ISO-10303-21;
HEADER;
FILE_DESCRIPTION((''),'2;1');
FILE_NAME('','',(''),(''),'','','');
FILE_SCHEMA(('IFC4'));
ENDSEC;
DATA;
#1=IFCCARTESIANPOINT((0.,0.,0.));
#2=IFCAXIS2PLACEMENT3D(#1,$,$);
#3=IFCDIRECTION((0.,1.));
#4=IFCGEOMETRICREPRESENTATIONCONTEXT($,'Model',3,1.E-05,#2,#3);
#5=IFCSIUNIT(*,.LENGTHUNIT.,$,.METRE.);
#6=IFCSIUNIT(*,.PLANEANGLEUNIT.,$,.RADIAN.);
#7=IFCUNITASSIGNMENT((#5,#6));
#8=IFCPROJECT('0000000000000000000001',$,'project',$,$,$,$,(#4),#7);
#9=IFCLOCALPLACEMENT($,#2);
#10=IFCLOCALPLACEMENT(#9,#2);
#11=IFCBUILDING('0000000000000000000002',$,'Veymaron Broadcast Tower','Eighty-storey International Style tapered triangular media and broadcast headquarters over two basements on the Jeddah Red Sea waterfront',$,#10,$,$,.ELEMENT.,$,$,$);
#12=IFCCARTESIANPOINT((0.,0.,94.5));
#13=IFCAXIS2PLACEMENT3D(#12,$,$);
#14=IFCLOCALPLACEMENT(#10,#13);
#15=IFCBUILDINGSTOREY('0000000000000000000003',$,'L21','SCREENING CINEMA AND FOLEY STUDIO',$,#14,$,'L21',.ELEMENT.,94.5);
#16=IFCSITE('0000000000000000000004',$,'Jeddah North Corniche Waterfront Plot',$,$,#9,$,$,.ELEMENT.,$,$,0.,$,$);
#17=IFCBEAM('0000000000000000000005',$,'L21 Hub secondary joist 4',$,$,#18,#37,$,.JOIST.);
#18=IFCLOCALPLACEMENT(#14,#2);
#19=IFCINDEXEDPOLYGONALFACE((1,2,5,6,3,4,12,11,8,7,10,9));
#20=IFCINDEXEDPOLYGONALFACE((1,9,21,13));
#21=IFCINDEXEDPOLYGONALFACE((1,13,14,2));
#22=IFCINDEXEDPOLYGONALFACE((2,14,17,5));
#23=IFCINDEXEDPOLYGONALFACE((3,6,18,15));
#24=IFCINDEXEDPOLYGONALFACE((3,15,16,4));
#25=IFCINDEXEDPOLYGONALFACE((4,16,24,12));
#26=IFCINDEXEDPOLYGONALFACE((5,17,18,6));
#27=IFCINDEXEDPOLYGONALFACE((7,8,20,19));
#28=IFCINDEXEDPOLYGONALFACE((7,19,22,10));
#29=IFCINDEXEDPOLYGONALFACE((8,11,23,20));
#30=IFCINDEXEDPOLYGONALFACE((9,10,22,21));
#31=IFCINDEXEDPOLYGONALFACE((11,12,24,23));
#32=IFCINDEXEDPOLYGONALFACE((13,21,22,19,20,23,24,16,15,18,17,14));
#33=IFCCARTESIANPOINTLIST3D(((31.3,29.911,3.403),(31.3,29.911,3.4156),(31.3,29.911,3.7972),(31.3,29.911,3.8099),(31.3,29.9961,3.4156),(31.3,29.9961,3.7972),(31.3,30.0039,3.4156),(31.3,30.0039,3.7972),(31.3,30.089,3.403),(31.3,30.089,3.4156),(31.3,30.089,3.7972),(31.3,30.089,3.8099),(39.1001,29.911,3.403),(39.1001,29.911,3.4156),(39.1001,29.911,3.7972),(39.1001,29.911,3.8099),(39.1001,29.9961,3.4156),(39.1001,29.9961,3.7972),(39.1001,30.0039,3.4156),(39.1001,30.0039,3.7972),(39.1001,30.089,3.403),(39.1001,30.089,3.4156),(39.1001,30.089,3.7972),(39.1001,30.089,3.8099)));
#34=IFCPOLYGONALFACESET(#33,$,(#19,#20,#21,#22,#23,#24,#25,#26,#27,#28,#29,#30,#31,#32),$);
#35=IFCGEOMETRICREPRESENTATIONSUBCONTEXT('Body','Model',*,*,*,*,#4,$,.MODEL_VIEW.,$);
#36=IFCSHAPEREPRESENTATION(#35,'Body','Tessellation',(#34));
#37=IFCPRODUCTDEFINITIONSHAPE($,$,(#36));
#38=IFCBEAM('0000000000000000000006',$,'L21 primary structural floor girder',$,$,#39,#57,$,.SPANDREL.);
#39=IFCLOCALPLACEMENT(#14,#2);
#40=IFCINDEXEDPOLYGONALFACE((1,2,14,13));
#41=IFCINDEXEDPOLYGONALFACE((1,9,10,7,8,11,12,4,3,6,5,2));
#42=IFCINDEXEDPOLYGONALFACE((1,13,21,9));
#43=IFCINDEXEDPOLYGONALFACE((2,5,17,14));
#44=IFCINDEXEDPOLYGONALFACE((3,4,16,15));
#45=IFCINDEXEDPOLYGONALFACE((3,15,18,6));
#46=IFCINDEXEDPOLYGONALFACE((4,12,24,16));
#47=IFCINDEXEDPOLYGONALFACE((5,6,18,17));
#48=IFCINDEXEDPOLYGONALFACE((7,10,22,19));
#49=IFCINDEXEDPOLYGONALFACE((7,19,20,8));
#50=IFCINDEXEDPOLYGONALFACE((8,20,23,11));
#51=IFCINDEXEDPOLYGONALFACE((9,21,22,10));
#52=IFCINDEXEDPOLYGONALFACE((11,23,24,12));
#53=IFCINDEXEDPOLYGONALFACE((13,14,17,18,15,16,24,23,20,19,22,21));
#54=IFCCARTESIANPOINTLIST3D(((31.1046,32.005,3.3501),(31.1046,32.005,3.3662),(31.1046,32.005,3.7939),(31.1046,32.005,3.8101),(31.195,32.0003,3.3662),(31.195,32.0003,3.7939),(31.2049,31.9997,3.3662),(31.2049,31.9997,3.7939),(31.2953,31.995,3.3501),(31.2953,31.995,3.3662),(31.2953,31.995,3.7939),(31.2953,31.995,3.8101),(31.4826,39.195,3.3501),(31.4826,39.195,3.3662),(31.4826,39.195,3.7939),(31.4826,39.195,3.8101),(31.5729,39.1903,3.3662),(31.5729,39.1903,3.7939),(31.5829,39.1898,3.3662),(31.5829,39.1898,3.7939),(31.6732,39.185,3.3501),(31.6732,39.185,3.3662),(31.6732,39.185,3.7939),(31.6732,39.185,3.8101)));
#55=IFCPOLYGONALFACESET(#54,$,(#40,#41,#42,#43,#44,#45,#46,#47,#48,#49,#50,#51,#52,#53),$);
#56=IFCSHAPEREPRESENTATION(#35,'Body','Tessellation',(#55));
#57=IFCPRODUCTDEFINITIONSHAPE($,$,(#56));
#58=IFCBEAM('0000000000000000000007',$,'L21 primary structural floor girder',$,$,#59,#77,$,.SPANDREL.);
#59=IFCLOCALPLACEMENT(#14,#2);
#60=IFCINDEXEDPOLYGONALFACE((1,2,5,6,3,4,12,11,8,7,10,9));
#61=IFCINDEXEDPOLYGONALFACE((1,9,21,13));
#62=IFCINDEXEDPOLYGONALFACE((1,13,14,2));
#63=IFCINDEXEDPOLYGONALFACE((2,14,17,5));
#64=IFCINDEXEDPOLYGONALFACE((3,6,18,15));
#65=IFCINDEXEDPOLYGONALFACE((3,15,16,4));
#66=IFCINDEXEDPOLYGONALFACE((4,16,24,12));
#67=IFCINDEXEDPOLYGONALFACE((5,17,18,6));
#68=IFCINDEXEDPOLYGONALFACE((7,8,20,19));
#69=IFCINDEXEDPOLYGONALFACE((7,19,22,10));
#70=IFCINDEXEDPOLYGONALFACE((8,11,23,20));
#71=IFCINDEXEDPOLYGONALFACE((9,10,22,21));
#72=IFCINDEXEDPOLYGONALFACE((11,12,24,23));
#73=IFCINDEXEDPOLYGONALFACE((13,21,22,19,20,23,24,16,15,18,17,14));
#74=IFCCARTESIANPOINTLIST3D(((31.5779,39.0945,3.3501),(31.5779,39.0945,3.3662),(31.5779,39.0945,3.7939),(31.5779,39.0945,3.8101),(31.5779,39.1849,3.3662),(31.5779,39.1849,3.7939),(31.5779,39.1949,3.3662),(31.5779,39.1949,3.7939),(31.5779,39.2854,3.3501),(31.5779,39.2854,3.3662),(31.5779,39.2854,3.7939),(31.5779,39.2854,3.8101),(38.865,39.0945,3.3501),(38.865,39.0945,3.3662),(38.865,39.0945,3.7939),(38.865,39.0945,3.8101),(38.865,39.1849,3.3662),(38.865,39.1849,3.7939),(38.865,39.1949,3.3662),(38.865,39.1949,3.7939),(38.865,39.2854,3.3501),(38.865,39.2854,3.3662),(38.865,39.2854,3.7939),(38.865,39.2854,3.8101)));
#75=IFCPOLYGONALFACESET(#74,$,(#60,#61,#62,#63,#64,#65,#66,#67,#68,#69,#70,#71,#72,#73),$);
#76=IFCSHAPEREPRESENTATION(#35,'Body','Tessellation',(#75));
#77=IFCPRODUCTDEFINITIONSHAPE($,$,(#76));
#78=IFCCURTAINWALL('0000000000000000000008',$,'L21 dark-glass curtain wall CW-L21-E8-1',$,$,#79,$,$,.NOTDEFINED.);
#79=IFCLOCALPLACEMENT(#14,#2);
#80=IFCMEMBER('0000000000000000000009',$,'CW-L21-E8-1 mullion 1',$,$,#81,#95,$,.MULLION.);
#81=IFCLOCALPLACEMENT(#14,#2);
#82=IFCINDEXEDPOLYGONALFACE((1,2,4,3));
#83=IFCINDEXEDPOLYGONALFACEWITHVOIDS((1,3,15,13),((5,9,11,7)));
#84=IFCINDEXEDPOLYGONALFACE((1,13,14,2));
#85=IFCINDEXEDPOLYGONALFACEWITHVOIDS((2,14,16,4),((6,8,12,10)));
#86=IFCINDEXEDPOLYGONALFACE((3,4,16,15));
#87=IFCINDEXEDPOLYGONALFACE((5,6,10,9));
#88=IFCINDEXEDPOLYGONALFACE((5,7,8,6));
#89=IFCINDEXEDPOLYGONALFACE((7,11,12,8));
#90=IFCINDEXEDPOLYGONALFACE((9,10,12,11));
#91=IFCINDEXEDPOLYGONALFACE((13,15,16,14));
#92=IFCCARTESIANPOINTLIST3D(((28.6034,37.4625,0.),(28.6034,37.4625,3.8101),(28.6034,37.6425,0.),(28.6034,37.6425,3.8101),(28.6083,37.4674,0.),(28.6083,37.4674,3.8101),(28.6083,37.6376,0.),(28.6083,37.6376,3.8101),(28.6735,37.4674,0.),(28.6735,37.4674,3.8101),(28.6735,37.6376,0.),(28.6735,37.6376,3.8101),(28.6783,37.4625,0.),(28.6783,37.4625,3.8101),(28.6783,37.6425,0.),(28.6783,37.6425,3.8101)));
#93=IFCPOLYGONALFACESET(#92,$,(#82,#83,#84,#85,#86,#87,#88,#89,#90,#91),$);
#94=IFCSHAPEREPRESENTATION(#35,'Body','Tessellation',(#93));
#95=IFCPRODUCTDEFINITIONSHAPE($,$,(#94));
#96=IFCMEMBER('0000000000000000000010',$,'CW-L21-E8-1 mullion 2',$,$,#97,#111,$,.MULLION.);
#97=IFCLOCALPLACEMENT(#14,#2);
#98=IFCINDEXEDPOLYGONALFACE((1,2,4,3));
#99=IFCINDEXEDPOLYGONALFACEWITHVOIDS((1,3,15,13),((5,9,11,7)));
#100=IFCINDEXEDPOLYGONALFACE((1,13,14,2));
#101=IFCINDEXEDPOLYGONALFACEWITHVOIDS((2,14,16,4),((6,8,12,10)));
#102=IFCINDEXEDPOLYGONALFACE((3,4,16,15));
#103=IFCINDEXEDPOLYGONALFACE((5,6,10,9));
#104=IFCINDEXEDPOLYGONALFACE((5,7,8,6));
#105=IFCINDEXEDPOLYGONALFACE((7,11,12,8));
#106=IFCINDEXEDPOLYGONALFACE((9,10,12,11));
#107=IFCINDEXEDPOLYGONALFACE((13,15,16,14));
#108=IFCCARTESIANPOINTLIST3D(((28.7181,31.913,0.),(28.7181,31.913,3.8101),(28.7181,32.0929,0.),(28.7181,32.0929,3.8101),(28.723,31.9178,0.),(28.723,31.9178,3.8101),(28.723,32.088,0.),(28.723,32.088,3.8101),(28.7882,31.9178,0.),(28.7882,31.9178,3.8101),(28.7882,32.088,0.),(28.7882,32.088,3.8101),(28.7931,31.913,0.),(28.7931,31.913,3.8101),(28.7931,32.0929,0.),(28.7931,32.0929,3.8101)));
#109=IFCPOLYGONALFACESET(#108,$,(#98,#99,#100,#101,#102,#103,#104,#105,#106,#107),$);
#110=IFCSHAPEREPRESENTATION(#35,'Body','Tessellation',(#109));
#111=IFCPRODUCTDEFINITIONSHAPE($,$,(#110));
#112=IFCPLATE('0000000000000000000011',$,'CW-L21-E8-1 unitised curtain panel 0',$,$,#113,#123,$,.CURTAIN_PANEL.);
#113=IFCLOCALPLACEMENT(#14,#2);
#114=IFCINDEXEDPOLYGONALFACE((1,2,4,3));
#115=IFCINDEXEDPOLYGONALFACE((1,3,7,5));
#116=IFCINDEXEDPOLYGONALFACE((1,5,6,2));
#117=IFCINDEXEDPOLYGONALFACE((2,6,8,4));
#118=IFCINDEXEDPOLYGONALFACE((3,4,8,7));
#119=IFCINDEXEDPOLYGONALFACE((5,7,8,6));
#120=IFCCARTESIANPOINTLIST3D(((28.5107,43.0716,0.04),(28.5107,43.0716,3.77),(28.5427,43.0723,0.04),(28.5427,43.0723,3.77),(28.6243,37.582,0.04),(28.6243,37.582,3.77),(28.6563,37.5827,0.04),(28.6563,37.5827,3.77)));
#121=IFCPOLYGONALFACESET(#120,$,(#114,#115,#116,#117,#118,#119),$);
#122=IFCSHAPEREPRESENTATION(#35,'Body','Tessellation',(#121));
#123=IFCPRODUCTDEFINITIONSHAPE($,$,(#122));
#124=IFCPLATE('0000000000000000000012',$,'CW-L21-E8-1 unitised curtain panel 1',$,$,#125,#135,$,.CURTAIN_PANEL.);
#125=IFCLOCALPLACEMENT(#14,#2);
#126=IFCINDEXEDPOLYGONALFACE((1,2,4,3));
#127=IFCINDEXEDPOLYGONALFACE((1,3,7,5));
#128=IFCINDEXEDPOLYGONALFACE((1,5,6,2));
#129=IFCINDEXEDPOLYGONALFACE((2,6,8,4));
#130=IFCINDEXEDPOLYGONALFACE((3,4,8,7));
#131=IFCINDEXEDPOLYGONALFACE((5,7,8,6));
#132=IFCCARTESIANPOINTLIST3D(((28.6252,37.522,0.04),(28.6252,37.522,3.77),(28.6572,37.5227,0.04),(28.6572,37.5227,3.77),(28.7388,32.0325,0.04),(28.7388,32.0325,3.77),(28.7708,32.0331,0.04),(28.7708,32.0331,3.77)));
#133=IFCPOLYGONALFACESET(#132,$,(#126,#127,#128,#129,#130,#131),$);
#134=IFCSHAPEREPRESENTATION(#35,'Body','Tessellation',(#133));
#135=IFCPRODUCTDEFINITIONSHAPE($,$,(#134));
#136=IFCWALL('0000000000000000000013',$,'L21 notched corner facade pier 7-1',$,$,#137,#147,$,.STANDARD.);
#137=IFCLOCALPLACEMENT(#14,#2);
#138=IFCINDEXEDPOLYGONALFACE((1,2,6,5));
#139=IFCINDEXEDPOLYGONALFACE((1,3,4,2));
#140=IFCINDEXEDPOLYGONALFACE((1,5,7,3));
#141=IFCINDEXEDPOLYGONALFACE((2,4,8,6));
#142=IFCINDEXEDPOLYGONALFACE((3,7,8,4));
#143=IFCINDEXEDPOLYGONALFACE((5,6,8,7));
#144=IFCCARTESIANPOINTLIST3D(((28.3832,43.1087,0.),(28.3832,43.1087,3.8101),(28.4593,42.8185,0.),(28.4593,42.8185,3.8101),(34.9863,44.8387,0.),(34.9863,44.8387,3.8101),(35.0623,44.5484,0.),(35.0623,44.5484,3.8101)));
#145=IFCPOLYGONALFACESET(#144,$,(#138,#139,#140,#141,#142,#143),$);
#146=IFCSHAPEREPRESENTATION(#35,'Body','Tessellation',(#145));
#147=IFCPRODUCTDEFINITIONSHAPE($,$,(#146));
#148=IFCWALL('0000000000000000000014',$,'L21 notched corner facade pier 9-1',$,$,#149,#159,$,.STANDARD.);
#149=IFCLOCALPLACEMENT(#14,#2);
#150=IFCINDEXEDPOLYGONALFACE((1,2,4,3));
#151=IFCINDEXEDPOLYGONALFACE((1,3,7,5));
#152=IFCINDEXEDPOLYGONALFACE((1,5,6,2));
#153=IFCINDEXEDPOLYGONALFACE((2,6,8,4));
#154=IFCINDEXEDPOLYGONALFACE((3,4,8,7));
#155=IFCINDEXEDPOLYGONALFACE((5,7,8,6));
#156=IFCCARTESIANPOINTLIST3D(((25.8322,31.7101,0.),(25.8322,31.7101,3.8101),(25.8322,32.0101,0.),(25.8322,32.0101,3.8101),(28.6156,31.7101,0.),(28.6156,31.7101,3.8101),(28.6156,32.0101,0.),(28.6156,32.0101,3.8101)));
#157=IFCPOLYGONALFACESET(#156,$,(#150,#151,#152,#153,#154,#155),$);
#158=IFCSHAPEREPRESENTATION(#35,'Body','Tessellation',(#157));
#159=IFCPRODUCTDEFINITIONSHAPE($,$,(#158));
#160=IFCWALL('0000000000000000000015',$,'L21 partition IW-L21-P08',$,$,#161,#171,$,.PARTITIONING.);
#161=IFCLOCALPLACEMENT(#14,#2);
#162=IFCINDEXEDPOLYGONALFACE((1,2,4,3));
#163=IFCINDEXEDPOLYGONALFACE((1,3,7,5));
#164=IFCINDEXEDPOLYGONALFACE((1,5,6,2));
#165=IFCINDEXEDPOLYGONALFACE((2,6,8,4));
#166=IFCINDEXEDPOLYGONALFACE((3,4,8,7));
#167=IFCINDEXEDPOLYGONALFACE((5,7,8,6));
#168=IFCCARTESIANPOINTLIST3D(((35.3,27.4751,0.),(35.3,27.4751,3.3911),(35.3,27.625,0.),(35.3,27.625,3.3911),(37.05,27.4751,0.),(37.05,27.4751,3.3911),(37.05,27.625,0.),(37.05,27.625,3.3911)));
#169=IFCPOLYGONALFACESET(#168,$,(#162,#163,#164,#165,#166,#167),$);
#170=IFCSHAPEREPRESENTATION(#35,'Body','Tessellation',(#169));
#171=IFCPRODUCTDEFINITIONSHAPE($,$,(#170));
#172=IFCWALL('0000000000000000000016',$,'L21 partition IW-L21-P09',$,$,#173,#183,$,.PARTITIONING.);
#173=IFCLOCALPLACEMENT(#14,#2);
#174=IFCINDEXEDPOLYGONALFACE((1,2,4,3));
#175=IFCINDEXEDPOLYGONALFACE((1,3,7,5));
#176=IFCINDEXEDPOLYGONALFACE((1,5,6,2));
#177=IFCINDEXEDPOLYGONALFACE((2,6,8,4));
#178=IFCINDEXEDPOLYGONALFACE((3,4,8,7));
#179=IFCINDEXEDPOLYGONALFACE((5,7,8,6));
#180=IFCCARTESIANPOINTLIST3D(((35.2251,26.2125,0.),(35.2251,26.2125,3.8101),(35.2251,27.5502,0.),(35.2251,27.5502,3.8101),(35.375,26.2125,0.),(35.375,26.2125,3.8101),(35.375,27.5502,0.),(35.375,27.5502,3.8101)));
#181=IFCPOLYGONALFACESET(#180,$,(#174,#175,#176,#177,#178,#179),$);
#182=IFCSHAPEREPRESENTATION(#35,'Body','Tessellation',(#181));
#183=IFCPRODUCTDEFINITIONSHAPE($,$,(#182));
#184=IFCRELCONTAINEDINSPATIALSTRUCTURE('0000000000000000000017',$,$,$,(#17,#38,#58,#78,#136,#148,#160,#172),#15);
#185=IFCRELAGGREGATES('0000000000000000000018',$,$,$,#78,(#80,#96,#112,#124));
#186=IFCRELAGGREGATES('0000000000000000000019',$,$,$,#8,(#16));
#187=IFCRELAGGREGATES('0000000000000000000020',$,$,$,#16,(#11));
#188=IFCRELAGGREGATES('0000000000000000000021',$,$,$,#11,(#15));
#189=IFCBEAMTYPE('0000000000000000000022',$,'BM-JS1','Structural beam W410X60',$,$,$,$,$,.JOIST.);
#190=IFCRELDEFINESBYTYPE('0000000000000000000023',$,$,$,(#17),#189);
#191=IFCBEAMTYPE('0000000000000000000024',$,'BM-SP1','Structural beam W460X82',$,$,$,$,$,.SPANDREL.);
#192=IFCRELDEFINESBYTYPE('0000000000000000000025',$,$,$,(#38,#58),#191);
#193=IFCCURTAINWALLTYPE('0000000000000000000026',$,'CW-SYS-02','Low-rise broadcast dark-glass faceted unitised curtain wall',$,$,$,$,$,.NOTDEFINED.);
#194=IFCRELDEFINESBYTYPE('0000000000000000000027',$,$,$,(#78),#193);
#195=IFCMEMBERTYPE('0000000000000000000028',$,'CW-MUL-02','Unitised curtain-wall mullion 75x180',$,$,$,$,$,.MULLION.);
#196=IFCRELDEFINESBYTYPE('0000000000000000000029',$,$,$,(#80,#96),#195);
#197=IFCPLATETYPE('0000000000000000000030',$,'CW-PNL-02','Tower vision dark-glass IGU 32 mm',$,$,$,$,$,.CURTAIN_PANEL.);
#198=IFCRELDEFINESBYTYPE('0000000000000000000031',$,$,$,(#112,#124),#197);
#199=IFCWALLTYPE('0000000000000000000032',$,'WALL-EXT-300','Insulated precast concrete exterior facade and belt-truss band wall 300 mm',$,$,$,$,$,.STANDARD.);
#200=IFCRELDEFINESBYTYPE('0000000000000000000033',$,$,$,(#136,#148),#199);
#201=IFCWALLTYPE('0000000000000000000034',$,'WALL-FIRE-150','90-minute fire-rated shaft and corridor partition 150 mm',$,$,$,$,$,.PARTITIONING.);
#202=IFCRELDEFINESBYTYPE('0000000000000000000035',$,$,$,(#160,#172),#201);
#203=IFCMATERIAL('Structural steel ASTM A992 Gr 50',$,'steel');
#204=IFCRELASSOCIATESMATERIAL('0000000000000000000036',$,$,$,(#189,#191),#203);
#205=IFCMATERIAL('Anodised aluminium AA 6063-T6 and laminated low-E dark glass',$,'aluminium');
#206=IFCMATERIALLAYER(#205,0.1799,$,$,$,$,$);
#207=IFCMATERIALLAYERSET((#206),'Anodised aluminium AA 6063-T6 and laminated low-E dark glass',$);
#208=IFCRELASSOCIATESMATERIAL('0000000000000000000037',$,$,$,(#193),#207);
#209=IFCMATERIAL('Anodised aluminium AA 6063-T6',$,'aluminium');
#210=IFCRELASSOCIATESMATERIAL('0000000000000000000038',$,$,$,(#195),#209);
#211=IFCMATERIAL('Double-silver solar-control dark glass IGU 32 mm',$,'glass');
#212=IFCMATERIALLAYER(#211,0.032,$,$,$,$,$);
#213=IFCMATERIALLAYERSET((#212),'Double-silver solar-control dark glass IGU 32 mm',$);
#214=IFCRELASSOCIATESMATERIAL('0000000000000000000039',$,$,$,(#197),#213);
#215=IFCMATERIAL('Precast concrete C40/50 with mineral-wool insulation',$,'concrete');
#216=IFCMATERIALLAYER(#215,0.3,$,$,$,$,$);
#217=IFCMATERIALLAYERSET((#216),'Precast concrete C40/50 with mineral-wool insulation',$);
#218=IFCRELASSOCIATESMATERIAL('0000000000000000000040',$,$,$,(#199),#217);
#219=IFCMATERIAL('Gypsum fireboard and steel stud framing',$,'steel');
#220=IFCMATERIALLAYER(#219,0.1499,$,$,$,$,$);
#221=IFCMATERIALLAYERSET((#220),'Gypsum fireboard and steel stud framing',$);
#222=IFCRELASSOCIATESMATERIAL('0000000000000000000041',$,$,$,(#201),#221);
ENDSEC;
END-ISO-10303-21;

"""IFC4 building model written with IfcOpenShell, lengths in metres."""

from ifc_helpers import new_model, si_unit, direction, frame, frame_2d, origin, origin_2d, place, context, subcontext, project, spatial, rectangle, hollow_rectangle, i_section, extrude, material, layer, layer_set, material_profile, profile_set, type_object, element, aggregate, save


model = new_model("IFC4")

# Units and contexts
model_context = context("Model", 3, precision=1e-05, world=origin(), true_north=direction((0.0, 1.0)))
body_context = subcontext(model_context, "Body", "Model", "MODEL_VIEW")
ifc_project = project(units=[si_unit("LENGTHUNIT", "METRE"), si_unit("PLANEANGLEUNIT", "RADIAN")], contexts=[model_context])

# Site, building, storey
site_placement = place(None, origin())
site = spatial("IfcSite", under=ifc_project, at=site_placement, Name="Jeddah North Corniche Waterfront Plot", CompositionType="ELEMENT", RefElevation=0.0)
building_placement = place(site_placement, origin())
building = spatial("IfcBuilding", under=site, at=building_placement, Name="Veymaron Broadcast Tower", Description="Eighty-storey International Style tapered triangular media and broadcast headquarters over two basements on the Jeddah Red Sea waterfront", CompositionType="ELEMENT")
storey_placement = place(building_placement, frame((0.0, 0.0, 94.5)))
storey = spatial("IfcBuildingStorey", under=building, at=storey_placement, Name="L21", Description="SCREENING CINEMA AND FOLEY STUDIO", LongName="L21", CompositionType="ELEMENT", Elevation=94.5)

# Beams
ifc_material_1 = material(Name="Structural steel ASTM A992 Gr 50", Category="steel")
ifc_material_profile_1 = material_profile(ifc_material_1, i_section(OverallWidth=0.178, OverallDepth=0.407, WebThickness=0.0078, FlangeThickness=0.0127, at=origin_2d()), Name="W410X60")
ifc_profile_set_1 = profile_set([ifc_material_profile_1], Name="Structural steel ASTM A992 Gr 50")
beam_type_1 = type_object("IfcBeamType", Name="BM-JS1", Description="Structural beam W410X60", PredefinedType="JOIST", material=ifc_profile_set_1)
for number, where, z_axis, x_axis, name in (
    (1, (31.3, 30.0, 3.6064), (1.0, 0.0, 0.0), (0.0, 1.0, 0.0), "L21 Hub secondary joist 4"),
):
    element("IfcBeam", number, at=place(storey_placement, frame(where, z_axis=z_axis, x_axis=x_axis)), inside=storey, type_object=beam_type_1, Name=name, PredefinedType="JOIST", context=body_context, shape_type="SweptSolid", body=[
        extrude(i_section(OverallWidth=0.178, OverallDepth=0.407, WebThickness=0.0078, FlangeThickness=0.0127, at=origin_2d()), origin(), (0.0, 0.0, 1.0), 7.8),
    ])
ifc_material_profile_2 = material_profile(ifc_material_1, i_section(OverallWidth=0.1909, OverallDepth=0.46, WebThickness=0.01, FlangeThickness=0.0161, at=origin_2d()), Name="W460X82")
ifc_profile_set_2 = profile_set([ifc_material_profile_2], Name="Structural steel ASTM A992 Gr 50")
beam_type_2 = type_object("IfcBeamType", Name="BM-SP1", Description="Structural beam W460X82", PredefinedType="SPANDREL", material=ifc_profile_set_2)
beam_1_placement = place(storey_placement, frame((31.2, 32.0, 3.5801), z_axis=(0.052491, 0.998621, 0.0), x_axis=(-0.998621, 0.052491, 0.0)))
element("IfcBeam", 2, at=beam_1_placement, inside=storey, type_object=beam_type_2, Name="L21 primary structural floor girder", PredefinedType="SPANDREL", context=body_context, shape_type="SweptSolid", body=[
    extrude(i_section(OverallWidth=0.1909, OverallDepth=0.46, WebThickness=0.01, FlangeThickness=0.0161, at=origin_2d()), origin(), (0.0, 0.0, 1.0), 7.2),
])
beam_2_placement = place(storey_placement, frame((31.5779, 39.1899, 3.5801), z_axis=(1.0, 0.0, 0.0), x_axis=(0.0, 1.0, 0.0)))
element("IfcBeam", 3, at=beam_2_placement, inside=storey, type_object=beam_type_2, Name="L21 primary structural floor girder", PredefinedType="SPANDREL", context=body_context, shape_type="SweptSolid", body=[
    extrude(i_section(OverallWidth=0.1909, OverallDepth=0.46, WebThickness=0.01, FlangeThickness=0.0161, at=origin_2d()), origin(), (0.0, 0.0, 1.0), 7.2871),
])

# Curtain wall, members, plates
ifc_material_2 = material(Name="Anodised aluminium AA 6063-T6 and laminated low-E dark glass", Category="aluminium")
ifc_layer_1 = layer(ifc_material_2, 0.1799)
ifc_layer_set_1 = layer_set([ifc_layer_1], Name="Anodised aluminium AA 6063-T6 and laminated low-E dark glass")
curtain_wall_type = type_object("IfcCurtainWallType", Name="CW-SYS-02", Description="Low-rise broadcast dark-glass faceted unitised curtain wall", PredefinedType="NOTDEFINED", material=ifc_layer_set_1)
curtain_wall_placement = place(storey_placement, origin())
curtain_wall = element("IfcCurtainWall", 4, at=curtain_wall_placement, inside=storey, type_object=curtain_wall_type, Name="L21 dark-glass curtain wall CW-L21-E8-1", PredefinedType="NOTDEFINED")
ifc_material_3 = material(Name="Anodised aluminium AA 6063-T6", Category="aluminium")
ifc_material_profile_3 = material_profile(ifc_material_3, hollow_rectangle(XDim=0.075, YDim=0.1799, WallThickness=0.0049, at=origin_2d()), Name="AL180X75X5")
ifc_profile_set_3 = profile_set([ifc_material_profile_3], Name="Anodised aluminium AA 6063-T6")
member_type = type_object("IfcMemberType", Name="CW-MUL-02", Description="Unitised curtain-wall mullion 75x180", PredefinedType="MULLION", material=ifc_profile_set_3)
member_1_placement = place(storey_placement, frame((28.6409, 37.5525, 0.0), z_axis=(0.0, 0.0, 1.0), x_axis=(1.0, 0.0, 0.0)))
member_1 = element("IfcMember", 5, at=member_1_placement, type_object=member_type, Name="CW-L21-E8-1 mullion 1", PredefinedType="MULLION", context=body_context, shape_type="SweptSolid", body=[
    extrude(hollow_rectangle(XDim=0.075, YDim=0.1799, WallThickness=0.0049, at=origin_2d()), origin(), (0.0, 0.0, 1.0), 3.8101),
])
member_2_placement = place(storey_placement, frame((28.7556, 32.0029, 0.0), z_axis=(0.0, 0.0, 1.0), x_axis=(1.0, 0.0, 0.0)))
member_2 = element("IfcMember", 6, at=member_2_placement, type_object=member_type, Name="CW-L21-E8-1 mullion 2", PredefinedType="MULLION", context=body_context, shape_type="SweptSolid", body=[
    extrude(hollow_rectangle(XDim=0.075, YDim=0.1799, WallThickness=0.0049, at=origin_2d()), origin(), (0.0, 0.0, 1.0), 3.8101),
])
ifc_material_4 = material(Name="Double-silver solar-control dark glass IGU 32 mm", Category="glass")
ifc_layer_2 = layer(ifc_material_4, 0.032)
ifc_layer_set_2 = layer_set([ifc_layer_2], Name="Double-silver solar-control dark glass IGU 32 mm")
plate_type = type_object("IfcPlateType", Name="CW-PNL-02", Description="Tower vision dark-glass IGU 32 mm", PredefinedType="CURTAIN_PANEL", material=ifc_layer_set_2)
plate_1_placement = place(storey_placement, frame((28.5835, 40.3271, 0.04), z_axis=(0.0, 0.0, 1.0), x_axis=(0.020681, -0.999786, 0.0)))
plate_1 = element("IfcPlate", 7, at=plate_1_placement, type_object=plate_type, Name="CW-L21-E8-1 unitised curtain panel 0", PredefinedType="CURTAIN_PANEL", context=body_context, shape_type="SweptSolid", body=[
    extrude(rectangle(XDim=5.4907, YDim=0.032, at=origin_2d()), origin(), (0.0, 0.0, 1.0), 3.73),
])
plate_2_placement = place(storey_placement, frame((28.698, 34.7776, 0.04), z_axis=(0.0, 0.0, 1.0), x_axis=(0.020681, -0.999786, 0.0)))
plate_2 = element("IfcPlate", 8, at=plate_2_placement, type_object=plate_type, Name="CW-L21-E8-1 unitised curtain panel 1", PredefinedType="CURTAIN_PANEL", context=body_context, shape_type="SweptSolid", body=[
    extrude(rectangle(XDim=5.4907, YDim=0.032, at=origin_2d()), origin(), (0.0, 0.0, 1.0), 3.73),
])
aggregate(curtain_wall, [member_1, member_2, plate_1, plate_2])

# Walls
ifc_material_5 = material(Name="Precast concrete C40/50 with mineral-wool insulation", Category="concrete")
ifc_layer_3 = layer(ifc_material_5, 0.3)
ifc_layer_set_3 = layer_set([ifc_layer_3], Name="Precast concrete C40/50 with mineral-wool insulation")
wall_type_1 = type_object("IfcWallType", Name="WALL-EXT-300", Description="Insulated precast concrete exterior facade and belt-truss band wall 300 mm", PredefinedType="STANDARD", material=ifc_layer_set_3)
wall_1_placement = place(storey_placement, frame((35.0244, 44.6936, 0.0), z_axis=(0.0, 0.0, 1.0), x_axis=(-0.96735, -0.253444, 0.0)))
element("IfcWall", 9, at=wall_1_placement, inside=storey, type_object=wall_type_1, Name="L21 notched corner facade pier 7-1", PredefinedType="STANDARD", context=body_context, shape_type="SweptSolid", body=[
    extrude(rectangle(XDim=6.8259, YDim=0.3, at=frame_2d((3.4131, 0.0))), origin(), (0.0, 0.0, 1.0), 3.8101),
])
wall_2_placement = place(storey_placement, frame((28.6155, 31.8601, 0.0), z_axis=(0.0, 0.0, 1.0), x_axis=(-1.0, 0.0, 0.0)))
element("IfcWall", 10, at=wall_2_placement, inside=storey, type_object=wall_type_1, Name="L21 notched corner facade pier 9-1", PredefinedType="STANDARD", context=body_context, shape_type="SweptSolid", body=[
    extrude(rectangle(XDim=2.7834, YDim=0.3, at=frame_2d((1.3916, 0.0))), origin(), (0.0, 0.0, 1.0), 3.8101),
])
ifc_material_6 = material(Name="Gypsum fireboard and steel stud framing", Category="steel")
ifc_layer_4 = layer(ifc_material_6, 0.1499)
ifc_layer_set_4 = layer_set([ifc_layer_4], Name="Gypsum fireboard and steel stud framing")
wall_type_2 = type_object("IfcWallType", Name="WALL-FIRE-150", Description="90-minute fire-rated shaft and corridor partition 150 mm", PredefinedType="PARTITIONING", material=ifc_layer_set_4)
wall_3_placement = place(storey_placement, frame((35.3, 27.55, 0.0), z_axis=(0.0, 0.0, 1.0), x_axis=(1.0, 0.0, 0.0)))
element("IfcWall", 11, at=wall_3_placement, inside=storey, type_object=wall_type_2, Name="L21 partition IW-L21-P08", PredefinedType="PARTITIONING", context=body_context, shape_type="SweptSolid", body=[
    extrude(rectangle(XDim=1.75, YDim=0.1499, at=frame_2d((0.875, 0.0))), origin(), (0.0, 0.0, 1.0), 3.3911),
])
wall_4_placement = place(storey_placement, frame((35.3, 26.2124, 0.0), z_axis=(0.0, 0.0, 1.0), x_axis=(0.0, 1.0, 0.0)))
element("IfcWall", 12, at=wall_4_placement, inside=storey, type_object=wall_type_2, Name="L21 partition IW-L21-P09", PredefinedType="PARTITIONING", context=body_context, shape_type="SweptSolid", body=[
    extrude(rectangle(XDim=1.3376, YDim=0.1499, at=frame_2d((0.6689, 0.0))), origin(), (0.0, 0.0, 1.0), 3.8101),
])

save(model, "model.ifc")
